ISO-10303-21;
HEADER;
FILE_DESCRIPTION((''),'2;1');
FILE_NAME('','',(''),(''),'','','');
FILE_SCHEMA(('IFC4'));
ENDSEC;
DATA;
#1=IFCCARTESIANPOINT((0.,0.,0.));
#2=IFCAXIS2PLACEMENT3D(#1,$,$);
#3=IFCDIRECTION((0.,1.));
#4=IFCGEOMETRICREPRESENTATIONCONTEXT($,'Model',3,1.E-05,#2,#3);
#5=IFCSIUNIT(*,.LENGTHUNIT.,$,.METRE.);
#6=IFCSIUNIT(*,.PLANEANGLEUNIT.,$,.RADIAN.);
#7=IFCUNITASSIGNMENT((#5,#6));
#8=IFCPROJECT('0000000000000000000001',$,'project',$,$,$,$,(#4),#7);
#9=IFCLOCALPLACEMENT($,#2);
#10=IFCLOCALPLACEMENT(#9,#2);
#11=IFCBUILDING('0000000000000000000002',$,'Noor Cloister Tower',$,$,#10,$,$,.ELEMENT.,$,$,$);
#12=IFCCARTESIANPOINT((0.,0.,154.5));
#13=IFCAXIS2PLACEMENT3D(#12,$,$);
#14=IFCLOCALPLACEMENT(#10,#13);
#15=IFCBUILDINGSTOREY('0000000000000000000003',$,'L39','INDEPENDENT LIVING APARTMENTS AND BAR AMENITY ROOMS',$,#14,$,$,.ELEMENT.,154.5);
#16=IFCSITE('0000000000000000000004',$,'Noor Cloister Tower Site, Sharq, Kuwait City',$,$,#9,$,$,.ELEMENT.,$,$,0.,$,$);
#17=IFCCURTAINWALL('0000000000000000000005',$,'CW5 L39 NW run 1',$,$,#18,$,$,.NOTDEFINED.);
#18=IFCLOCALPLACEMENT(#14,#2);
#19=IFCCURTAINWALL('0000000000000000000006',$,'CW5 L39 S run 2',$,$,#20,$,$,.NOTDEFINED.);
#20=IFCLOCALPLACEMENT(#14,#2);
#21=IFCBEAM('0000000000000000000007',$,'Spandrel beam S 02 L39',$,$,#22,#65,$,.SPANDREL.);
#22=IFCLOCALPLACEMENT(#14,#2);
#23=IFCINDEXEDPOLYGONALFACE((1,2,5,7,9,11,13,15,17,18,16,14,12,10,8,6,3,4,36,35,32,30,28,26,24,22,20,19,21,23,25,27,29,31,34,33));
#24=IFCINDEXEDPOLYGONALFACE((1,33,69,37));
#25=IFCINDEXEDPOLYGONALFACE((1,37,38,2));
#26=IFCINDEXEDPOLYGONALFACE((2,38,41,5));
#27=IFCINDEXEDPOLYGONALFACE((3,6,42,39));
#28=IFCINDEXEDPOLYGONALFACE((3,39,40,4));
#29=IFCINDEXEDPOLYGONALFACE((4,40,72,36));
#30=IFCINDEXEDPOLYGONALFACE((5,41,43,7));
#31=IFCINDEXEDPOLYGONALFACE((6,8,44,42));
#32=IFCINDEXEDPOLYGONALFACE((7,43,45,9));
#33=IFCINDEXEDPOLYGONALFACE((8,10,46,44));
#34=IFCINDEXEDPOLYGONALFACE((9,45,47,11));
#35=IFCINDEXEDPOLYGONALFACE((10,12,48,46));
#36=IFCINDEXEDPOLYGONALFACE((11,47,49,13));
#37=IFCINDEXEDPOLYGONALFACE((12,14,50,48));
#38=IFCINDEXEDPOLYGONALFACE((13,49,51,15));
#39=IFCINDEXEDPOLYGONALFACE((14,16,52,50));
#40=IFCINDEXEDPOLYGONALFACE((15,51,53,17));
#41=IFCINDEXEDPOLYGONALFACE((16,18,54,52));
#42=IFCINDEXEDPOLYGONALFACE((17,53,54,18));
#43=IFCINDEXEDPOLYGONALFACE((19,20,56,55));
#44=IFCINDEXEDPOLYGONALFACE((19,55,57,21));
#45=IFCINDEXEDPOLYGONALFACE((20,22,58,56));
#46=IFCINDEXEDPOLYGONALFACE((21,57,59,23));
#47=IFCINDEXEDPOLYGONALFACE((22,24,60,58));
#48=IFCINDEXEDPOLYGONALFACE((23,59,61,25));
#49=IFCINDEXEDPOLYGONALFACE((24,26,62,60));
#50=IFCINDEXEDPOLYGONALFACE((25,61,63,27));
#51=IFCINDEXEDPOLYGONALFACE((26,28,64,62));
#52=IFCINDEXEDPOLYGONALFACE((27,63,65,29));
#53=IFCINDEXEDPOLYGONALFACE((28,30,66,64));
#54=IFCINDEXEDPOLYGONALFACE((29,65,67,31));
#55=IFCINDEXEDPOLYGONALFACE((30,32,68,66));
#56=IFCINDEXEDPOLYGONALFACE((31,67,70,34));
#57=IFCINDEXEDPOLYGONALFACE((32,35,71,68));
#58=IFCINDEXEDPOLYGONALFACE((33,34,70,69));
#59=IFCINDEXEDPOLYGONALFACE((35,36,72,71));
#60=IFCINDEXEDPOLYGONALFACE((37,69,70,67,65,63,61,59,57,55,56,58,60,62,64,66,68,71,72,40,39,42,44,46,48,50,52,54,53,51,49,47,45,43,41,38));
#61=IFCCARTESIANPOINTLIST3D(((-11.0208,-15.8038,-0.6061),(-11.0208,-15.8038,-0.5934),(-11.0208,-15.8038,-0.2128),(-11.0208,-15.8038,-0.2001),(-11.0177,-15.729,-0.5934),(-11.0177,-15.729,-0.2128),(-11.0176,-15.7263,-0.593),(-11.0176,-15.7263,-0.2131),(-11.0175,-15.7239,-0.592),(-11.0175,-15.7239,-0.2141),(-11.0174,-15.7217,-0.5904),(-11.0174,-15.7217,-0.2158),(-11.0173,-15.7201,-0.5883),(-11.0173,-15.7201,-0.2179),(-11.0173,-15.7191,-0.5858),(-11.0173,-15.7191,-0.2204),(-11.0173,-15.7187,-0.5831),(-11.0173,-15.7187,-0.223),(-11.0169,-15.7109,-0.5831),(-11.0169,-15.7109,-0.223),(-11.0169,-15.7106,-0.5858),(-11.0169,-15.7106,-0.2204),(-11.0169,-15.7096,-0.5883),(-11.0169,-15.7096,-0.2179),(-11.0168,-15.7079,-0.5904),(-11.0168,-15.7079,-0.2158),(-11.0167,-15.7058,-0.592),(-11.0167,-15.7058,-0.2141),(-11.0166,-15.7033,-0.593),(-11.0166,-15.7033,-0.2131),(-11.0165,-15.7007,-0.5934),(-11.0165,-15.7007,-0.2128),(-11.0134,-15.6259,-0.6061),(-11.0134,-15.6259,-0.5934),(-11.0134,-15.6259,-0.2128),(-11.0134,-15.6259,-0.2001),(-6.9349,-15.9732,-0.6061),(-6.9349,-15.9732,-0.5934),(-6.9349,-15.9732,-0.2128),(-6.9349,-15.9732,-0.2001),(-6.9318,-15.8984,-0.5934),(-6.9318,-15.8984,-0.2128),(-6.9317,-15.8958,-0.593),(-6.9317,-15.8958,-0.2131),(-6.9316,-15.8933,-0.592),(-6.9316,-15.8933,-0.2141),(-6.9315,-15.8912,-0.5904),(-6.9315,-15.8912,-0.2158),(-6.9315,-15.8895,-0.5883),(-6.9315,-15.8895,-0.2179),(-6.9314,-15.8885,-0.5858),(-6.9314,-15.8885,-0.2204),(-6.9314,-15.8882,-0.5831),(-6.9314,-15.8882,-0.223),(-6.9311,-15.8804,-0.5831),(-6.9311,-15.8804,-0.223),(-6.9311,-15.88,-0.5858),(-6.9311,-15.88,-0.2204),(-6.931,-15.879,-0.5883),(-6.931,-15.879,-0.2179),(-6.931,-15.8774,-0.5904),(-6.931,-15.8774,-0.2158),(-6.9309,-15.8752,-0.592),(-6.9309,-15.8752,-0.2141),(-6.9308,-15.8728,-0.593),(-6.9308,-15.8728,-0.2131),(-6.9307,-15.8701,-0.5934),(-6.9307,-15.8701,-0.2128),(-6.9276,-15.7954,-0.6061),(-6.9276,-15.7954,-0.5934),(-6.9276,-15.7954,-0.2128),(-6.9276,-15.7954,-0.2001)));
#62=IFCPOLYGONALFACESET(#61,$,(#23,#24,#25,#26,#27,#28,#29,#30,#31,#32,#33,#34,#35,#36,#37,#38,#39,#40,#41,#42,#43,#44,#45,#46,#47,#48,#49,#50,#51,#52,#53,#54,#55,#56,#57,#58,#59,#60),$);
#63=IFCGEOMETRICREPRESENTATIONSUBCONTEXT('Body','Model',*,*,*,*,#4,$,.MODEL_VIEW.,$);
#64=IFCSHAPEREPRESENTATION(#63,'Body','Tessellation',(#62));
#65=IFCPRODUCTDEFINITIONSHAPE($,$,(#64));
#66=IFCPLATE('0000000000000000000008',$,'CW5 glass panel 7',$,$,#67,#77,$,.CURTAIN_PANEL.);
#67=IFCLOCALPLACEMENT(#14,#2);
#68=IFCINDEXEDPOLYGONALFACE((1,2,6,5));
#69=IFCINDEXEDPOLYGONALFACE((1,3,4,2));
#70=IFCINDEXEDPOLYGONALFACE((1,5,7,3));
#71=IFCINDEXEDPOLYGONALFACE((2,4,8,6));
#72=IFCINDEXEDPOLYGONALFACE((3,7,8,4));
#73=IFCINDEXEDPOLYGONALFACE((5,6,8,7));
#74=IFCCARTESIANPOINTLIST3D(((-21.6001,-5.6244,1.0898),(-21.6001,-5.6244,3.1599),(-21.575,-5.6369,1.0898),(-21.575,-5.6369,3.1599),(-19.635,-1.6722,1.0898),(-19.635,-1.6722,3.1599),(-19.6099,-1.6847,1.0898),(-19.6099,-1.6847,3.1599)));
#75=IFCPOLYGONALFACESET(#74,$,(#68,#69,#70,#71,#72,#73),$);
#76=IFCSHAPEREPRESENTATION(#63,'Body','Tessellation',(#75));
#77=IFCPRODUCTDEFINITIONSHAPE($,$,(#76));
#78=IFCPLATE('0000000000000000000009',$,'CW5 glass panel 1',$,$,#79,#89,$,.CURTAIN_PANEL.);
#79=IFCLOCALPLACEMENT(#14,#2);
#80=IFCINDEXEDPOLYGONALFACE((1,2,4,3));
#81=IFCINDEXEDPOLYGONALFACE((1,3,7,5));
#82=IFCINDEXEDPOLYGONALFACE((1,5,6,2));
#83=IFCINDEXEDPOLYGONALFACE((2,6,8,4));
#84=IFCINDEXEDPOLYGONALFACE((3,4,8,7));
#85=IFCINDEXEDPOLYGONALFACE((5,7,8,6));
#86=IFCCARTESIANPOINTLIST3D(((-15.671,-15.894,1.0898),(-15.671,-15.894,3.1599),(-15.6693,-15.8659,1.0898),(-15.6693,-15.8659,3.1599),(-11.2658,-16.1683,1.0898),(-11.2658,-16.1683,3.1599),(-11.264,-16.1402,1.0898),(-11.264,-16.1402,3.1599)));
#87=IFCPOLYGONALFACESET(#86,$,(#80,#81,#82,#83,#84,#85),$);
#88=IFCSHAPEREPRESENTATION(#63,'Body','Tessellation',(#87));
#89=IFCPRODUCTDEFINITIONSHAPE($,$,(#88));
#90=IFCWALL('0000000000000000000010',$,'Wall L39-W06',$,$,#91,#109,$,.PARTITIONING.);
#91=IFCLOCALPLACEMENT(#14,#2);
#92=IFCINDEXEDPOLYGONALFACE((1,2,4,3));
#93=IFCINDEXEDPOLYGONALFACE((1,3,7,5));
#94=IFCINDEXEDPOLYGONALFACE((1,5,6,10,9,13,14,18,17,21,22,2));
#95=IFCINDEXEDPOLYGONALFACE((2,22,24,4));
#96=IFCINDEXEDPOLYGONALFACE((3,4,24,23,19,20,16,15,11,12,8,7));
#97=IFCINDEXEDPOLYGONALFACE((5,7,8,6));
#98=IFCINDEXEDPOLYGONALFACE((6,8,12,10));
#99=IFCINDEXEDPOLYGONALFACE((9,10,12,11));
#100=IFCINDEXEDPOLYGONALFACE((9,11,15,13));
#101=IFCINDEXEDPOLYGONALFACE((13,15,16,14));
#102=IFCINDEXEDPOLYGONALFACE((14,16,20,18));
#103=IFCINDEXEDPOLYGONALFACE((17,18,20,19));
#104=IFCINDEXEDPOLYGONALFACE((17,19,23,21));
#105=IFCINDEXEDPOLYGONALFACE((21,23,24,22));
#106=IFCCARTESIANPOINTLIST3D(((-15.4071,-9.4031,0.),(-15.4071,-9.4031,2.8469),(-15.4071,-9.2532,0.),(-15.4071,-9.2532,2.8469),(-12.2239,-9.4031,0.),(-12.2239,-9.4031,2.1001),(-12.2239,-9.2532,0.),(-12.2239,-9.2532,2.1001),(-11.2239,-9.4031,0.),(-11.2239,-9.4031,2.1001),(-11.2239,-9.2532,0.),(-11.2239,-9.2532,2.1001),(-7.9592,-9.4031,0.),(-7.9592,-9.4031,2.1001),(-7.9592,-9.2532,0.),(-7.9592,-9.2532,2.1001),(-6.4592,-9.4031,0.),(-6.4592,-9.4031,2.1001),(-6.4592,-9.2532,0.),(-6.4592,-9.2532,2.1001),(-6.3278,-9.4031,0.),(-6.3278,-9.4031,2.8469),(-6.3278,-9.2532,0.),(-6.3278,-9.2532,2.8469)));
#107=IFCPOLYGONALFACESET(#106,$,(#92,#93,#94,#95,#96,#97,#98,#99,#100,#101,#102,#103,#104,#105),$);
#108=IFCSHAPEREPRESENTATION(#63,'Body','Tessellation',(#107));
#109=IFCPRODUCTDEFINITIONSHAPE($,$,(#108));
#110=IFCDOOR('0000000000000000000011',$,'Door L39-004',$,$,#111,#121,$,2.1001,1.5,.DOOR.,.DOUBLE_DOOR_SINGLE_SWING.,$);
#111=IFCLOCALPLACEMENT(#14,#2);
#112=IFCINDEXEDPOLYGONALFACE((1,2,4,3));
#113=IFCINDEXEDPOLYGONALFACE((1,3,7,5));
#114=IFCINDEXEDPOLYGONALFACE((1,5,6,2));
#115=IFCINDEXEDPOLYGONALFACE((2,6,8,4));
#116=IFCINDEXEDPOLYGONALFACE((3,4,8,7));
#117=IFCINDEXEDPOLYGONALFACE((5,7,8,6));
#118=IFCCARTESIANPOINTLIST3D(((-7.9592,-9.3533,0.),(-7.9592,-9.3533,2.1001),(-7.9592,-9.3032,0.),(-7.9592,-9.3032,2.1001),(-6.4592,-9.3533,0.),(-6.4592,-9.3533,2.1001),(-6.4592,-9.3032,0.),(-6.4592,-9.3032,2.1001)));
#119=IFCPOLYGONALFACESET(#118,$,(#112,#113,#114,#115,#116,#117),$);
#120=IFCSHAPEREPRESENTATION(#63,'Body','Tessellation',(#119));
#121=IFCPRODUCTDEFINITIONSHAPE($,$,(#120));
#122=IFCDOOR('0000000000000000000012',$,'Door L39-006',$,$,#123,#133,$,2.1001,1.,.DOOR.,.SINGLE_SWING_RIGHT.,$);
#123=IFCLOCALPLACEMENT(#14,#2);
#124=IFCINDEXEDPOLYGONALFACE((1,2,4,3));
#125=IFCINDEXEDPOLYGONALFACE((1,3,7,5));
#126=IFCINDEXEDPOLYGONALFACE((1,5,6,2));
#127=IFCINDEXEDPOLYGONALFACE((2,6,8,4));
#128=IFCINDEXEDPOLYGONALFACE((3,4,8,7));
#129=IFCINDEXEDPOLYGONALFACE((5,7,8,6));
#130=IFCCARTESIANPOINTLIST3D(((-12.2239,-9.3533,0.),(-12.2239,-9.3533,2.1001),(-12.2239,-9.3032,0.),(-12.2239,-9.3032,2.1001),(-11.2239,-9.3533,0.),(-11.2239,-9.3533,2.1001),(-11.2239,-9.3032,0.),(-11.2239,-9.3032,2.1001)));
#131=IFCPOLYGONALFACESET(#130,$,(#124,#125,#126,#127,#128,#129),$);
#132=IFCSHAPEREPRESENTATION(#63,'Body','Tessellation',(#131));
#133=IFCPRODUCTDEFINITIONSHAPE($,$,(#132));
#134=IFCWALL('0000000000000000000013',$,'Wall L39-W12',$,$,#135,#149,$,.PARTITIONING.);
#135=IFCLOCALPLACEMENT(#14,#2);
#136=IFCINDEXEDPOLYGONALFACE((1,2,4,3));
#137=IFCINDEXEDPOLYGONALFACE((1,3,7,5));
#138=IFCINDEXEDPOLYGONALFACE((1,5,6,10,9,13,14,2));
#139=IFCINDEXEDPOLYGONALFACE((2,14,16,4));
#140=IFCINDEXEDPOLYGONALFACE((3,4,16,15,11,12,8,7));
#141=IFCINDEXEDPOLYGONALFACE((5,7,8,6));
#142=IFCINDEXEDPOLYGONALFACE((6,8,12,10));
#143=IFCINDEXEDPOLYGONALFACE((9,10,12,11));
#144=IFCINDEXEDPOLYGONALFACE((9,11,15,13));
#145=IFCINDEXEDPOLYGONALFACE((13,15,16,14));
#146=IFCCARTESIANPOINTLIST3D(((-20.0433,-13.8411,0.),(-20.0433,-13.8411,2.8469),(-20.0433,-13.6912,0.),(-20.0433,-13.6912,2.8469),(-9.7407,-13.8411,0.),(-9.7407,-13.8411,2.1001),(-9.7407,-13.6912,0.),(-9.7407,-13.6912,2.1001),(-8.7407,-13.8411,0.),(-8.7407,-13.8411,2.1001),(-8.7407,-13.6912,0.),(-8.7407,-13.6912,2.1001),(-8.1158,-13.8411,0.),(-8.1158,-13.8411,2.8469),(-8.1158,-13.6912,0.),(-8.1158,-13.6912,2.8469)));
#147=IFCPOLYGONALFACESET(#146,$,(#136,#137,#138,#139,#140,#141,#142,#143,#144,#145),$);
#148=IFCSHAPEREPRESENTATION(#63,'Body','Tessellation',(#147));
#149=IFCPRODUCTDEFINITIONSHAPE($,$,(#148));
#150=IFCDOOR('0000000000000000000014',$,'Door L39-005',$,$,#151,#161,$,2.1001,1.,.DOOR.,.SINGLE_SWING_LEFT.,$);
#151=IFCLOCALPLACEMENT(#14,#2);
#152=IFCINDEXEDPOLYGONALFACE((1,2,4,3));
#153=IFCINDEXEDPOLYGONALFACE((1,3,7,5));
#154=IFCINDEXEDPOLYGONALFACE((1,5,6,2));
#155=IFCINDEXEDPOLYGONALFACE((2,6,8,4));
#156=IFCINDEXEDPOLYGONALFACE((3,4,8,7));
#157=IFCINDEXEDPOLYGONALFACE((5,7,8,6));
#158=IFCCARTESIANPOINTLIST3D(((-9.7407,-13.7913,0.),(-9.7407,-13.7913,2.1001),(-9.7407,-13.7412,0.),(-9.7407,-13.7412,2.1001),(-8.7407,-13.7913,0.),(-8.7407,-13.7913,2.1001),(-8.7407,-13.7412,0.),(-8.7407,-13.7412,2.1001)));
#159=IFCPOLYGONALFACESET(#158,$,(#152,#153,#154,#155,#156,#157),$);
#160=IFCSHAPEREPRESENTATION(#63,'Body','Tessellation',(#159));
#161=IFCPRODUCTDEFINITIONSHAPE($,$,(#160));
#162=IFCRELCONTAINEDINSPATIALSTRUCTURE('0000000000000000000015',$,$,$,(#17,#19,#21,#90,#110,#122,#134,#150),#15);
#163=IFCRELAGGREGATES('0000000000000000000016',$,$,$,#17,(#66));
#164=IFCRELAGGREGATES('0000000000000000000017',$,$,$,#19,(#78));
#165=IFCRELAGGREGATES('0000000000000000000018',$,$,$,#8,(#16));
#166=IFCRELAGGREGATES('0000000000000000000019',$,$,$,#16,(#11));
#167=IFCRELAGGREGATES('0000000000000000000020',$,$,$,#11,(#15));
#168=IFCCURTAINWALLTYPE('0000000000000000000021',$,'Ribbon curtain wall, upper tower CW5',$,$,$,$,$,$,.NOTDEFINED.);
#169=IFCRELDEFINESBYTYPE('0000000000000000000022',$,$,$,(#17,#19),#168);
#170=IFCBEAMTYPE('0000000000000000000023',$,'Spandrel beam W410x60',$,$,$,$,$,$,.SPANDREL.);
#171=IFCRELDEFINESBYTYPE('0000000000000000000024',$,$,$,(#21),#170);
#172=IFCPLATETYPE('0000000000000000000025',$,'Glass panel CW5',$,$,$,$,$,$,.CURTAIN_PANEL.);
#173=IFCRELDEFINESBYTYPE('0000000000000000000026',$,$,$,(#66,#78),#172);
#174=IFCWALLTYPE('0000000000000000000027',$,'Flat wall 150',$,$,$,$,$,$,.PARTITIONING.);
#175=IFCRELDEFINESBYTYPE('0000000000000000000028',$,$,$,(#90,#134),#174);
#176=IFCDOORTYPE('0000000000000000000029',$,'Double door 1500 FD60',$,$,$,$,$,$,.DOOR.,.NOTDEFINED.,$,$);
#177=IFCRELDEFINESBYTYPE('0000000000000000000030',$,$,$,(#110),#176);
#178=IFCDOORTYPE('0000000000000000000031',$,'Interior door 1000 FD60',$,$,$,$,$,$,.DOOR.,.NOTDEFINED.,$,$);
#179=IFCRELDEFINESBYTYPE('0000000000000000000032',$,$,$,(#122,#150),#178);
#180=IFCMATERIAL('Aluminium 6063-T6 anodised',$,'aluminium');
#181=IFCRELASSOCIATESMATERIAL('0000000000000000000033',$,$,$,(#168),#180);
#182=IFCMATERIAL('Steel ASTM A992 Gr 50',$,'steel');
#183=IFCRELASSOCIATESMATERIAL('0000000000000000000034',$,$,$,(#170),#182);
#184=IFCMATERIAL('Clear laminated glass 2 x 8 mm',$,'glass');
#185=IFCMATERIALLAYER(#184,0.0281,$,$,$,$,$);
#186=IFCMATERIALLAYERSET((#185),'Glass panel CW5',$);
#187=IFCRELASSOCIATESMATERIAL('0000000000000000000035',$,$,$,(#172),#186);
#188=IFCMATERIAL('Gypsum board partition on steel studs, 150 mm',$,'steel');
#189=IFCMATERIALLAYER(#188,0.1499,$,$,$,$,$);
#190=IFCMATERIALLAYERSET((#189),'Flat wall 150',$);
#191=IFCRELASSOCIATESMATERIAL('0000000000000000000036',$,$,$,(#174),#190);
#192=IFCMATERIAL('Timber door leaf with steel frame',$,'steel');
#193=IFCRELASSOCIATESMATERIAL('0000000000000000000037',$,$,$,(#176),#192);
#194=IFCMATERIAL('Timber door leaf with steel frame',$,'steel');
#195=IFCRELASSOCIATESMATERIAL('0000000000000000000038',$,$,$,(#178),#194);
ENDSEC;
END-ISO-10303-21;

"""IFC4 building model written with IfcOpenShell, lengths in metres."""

from ifc_helpers import new_model, si_unit, direction, frame, frame_2d, origin, origin_2d, place, context, subcontext, project, spatial, rectangle, i_section, extrude, material, layer, layer_set, material_profile, profile_set, type_object, element, fill, aggregate, save


model = new_model("IFC4")

# Units and contexts
model_context = context("Model", 3, precision=1e-05, world=origin(), true_north=direction((0.0, 1.0)))
body_context = subcontext(model_context, "Body", "Model", "MODEL_VIEW")
ifc_project = project(units=[si_unit("LENGTHUNIT", "METRE"), si_unit("PLANEANGLEUNIT", "RADIAN")], contexts=[model_context])

# Site, building, storey
site_placement = place(None, origin())
site = spatial("IfcSite", under=ifc_project, at=site_placement, Name="Noor Cloister Tower Site, Sharq, Kuwait City", CompositionType="ELEMENT", RefElevation=0.0)
building_placement = place(site_placement, origin())
building = spatial("IfcBuilding", under=site, at=building_placement, Name="Noor Cloister Tower", CompositionType="ELEMENT")
storey_placement = place(building_placement, frame((0.0, 0.0, 154.5)))
storey = spatial("IfcBuildingStorey", under=building, at=storey_placement, Name="L39", Description="INDEPENDENT LIVING APARTMENTS AND BAR AMENITY ROOMS", CompositionType="ELEMENT", Elevation=154.5)

# Curtain walls
ifc_material_1 = material(Name="Aluminium 6063-T6 anodised", Category="aluminium")
curtain_wall_type = type_object("IfcCurtainWallType", Name="Ribbon curtain wall, upper tower CW5", PredefinedType="NOTDEFINED", material=ifc_material_1)
curtain_wall_1_placement = place(storey_placement, origin())
curtain_wall_1 = element("IfcCurtainWall", 1, at=curtain_wall_1_placement, inside=storey, type_object=curtain_wall_type, Name="CW5 L39 NW run 1", PredefinedType="NOTDEFINED")
curtain_wall_2_placement = place(storey_placement, origin())
curtain_wall_2 = element("IfcCurtainWall", 2, at=curtain_wall_2_placement, inside=storey, type_object=curtain_wall_type, Name="CW5 L39 S run 2", PredefinedType="NOTDEFINED")

# Beam
ifc_material_2 = material(Name="Steel ASTM A992 Gr 50", Category="steel")
ifc_material_profile_1 = material_profile(ifc_material_2, i_section(OverallWidth=0.178, OverallDepth=0.406, WebThickness=0.0078, FlangeThickness=0.0127, FilletRadius=0.0103, at=origin_2d()), Name="W410x60")
ifc_profile_set_1 = profile_set([ifc_material_profile_1], Name="Steel ASTM A992 Gr 50")
beam_type_1 = type_object("IfcBeamType", Name="Spandrel beam W410x60", PredefinedType="SPANDREL", material=ifc_profile_set_1)
beam_1_placement = place(storey_placement, frame((-11.0171, -15.7148, -0.4031), z_axis=(0.999141, -0.041432, 0.0), x_axis=(0.041432, 0.999141, 0.0)))
element("IfcBeam", 3, at=beam_1_placement, inside=storey, type_object=beam_type_1, Name="Spandrel beam S 02 L39", PredefinedType="SPANDREL", context=body_context, shape_type="SweptSolid", body=[
    extrude(i_section(OverallWidth=0.178, OverallDepth=0.406, WebThickness=0.0078, FlangeThickness=0.0127, FilletRadius=0.0103, at=origin_2d()), origin(), (0.0, 0.0, 1.0), 4.0894),
])

# Plates
ifc_material_3 = material(Name="Clear laminated glass 2 x 8 mm", Category="glass")
ifc_layer_1 = layer(ifc_material_3, 0.0281)
ifc_layer_set_1 = layer_set([ifc_layer_1], Name="Glass panel CW5")
plate_type = type_object("IfcPlateType", Name="Glass panel CW5", PredefinedType="CURTAIN_PANEL", material=ifc_layer_set_1)
plate_1_placement = place(storey_placement, frame((-20.605, -3.6545, 1.0898), z_axis=(0.0, 0.0, 1.0), x_axis=(-0.445213, -0.895424, 0.0)))
plate_1 = element("IfcPlate", 4, at=plate_1_placement, type_object=plate_type, Name="CW5 glass panel 7", PredefinedType="CURTAIN_PANEL", context=body_context, shape_type="SweptSolid", body=[
    extrude(rectangle(XDim=4.4138, YDim=0.0281, at=origin_2d()), origin(), (0.0, 0.0, 1.0), 2.0701),
])
aggregate(curtain_wall_1, [plate_1])
plate_2_placement = place(storey_placement, frame((-13.4675, -16.0171, 1.0898), z_axis=(0.0, 0.0, 1.0), x_axis=(0.998067, -0.062146, 0.0)))
plate_2 = element("IfcPlate", 5, at=plate_2_placement, type_object=plate_type, Name="CW5 glass panel 1", PredefinedType="CURTAIN_PANEL", context=body_context, shape_type="SweptSolid", body=[
    extrude(rectangle(XDim=4.4138, YDim=0.0281, at=origin_2d()), origin(), (0.0, 0.0, 1.0), 2.0701),
])
aggregate(curtain_wall_2, [plate_2])

# Wall, openings, doors
ifc_material_4 = material(Name="Gypsum board partition on steel studs, 150 mm", Category="steel")
ifc_layer_2 = layer(ifc_material_4, 0.1499)
ifc_layer_set_2 = layer_set([ifc_layer_2], Name="Flat wall 150")
wall_type_1 = type_object("IfcWallType", Name="Flat wall 150", PredefinedType="PARTITIONING", material=ifc_layer_set_2)
wall_1_placement = place(storey_placement, frame((-15.407, -9.3281, 0.0), z_axis=(0.0, 0.0, 1.0), x_axis=(1.0, 0.0, 0.0)))
wall_1 = element("IfcWall", 6, at=wall_1_placement, inside=storey, type_object=wall_type_1, Name="Wall L39-W06", PredefinedType="PARTITIONING", context=body_context, shape_type="SweptSolid", body=[
    extrude(rectangle(XDim=9.0793, YDim=0.1499, at=frame_2d((4.5396, 0.0))), origin(), (0.0, 0.0, 1.0), 2.8469),
])
opening_1_placement = place(wall_1_placement, frame((7.4478, 0.0, 0.0)))
opening_1 = element("IfcOpeningElement", 7, at=opening_1_placement, cuts=wall_1, PredefinedType="OPENING", context=body_context, shape_type="SweptSolid", body=[
    extrude(rectangle(XDim=1.5, YDim=2.1001, at=frame_2d((0.75, 1.05))), frame((0.0, 0.085, 0.0), z_axis=(0.0, -1.0, 0.0), x_axis=(1.0, 0.0, 0.0)), (0.0, 0.0, 1.0), 0.1699),
])
opening_2_placement = place(wall_1_placement, frame((3.1831, 0.0, 0.0)))
opening_2 = element("IfcOpeningElement", 8, at=opening_2_placement, cuts=wall_1, PredefinedType="OPENING", context=body_context, shape_type="SweptSolid", body=[
    extrude(rectangle(XDim=1.0, YDim=2.1001, at=frame_2d((0.5, 1.05))), frame((0.0, 0.085, 0.0), z_axis=(0.0, -1.0, 0.0), x_axis=(1.0, 0.0, 0.0)), (0.0, 0.0, 1.0), 0.1699),
])
ifc_material_5 = material(Name="Timber door leaf with steel frame", Category="steel")
door_type_1 = type_object("IfcDoorType", Name="Double door 1500 FD60", OperationType="NOTDEFINED", PredefinedType="DOOR", material=ifc_material_5)
door_1_placement = place(opening_1_placement, origin())
door_1 = element("IfcDoor", 9, at=door_1_placement, inside=storey, type_object=door_type_1, Name="Door L39-004", OperationType="DOUBLE_DOOR_SINGLE_SWING", OverallHeight=2.1001, OverallWidth=1.5, PredefinedType="DOOR", context=body_context, shape_type="SweptSolid", body=[
    extrude(rectangle(XDim=1.5, YDim=2.1001, at=frame_2d((0.75, 1.05))), frame((0.0, 0.0249, 0.0), z_axis=(0.0, -1.0, 0.0), x_axis=(1.0, 0.0, 0.0)), (0.0, 0.0, 1.0), 0.05),
])
fill(opening_1, door_1)
ifc_material_6 = material(Name="Timber door leaf with steel frame", Category="steel")
door_type_2 = type_object("IfcDoorType", Name="Interior door 1000 FD60", OperationType="NOTDEFINED", PredefinedType="DOOR", material=ifc_material_6)
door_2_placement = place(opening_2_placement, origin())
door_2 = element("IfcDoor", 10, at=door_2_placement, inside=storey, type_object=door_type_2, Name="Door L39-006", OperationType="SINGLE_SWING_RIGHT", OverallHeight=2.1001, OverallWidth=1.0, PredefinedType="DOOR", context=body_context, shape_type="SweptSolid", body=[
    extrude(rectangle(XDim=1.0, YDim=2.1001, at=frame_2d((0.5, 1.05))), frame((0.0, 0.0249, 0.0), z_axis=(0.0, -1.0, 0.0), x_axis=(1.0, 0.0, 0.0)), (0.0, 0.0, 1.0), 0.05),
])
fill(opening_2, door_2)

# Wall, opening, door
wall_2_placement = place(storey_placement, frame((-20.0435, -13.7661, 0.0), z_axis=(0.0, 0.0, 1.0), x_axis=(1.0, 0.0, 0.0)))
wall_2 = element("IfcWall", 11, at=wall_2_placement, inside=storey, type_object=wall_type_1, Name="Wall L39-W12", PredefinedType="PARTITIONING", context=body_context, shape_type="SweptSolid", body=[
    extrude(rectangle(XDim=11.9275, YDim=0.1499, at=frame_2d((5.9639, 0.0))), origin(), (0.0, 0.0, 1.0), 2.8469),
])
opening_3_placement = place(wall_2_placement, frame((10.3027, 0.0, 0.0)))
opening_3 = element("IfcOpeningElement", 12, at=opening_3_placement, cuts=wall_2, PredefinedType="OPENING", context=body_context, shape_type="SweptSolid", body=[
    extrude(rectangle(XDim=1.0, YDim=2.1001, at=frame_2d((0.5, 1.05))), frame((0.0, 0.085, 0.0), z_axis=(0.0, -1.0, 0.0), x_axis=(1.0, 0.0, 0.0)), (0.0, 0.0, 1.0), 0.1699),
])
door_3_placement = place(opening_3_placement, origin())
door_3 = element("IfcDoor", 13, at=door_3_placement, inside=storey, type_object=door_type_2, Name="Door L39-005", OperationType="SINGLE_SWING_LEFT", OverallHeight=2.1001, OverallWidth=1.0, PredefinedType="DOOR", context=body_context, shape_type="SweptSolid", body=[
    extrude(rectangle(XDim=1.0, YDim=2.1001, at=frame_2d((0.5, 1.05))), frame((0.0, 0.0249, 0.0), z_axis=(0.0, -1.0, 0.0), x_axis=(1.0, 0.0, 0.0)), (0.0, 0.0, 1.0), 0.05),
])
fill(opening_3, door_3)

save(model, "model.ifc")
